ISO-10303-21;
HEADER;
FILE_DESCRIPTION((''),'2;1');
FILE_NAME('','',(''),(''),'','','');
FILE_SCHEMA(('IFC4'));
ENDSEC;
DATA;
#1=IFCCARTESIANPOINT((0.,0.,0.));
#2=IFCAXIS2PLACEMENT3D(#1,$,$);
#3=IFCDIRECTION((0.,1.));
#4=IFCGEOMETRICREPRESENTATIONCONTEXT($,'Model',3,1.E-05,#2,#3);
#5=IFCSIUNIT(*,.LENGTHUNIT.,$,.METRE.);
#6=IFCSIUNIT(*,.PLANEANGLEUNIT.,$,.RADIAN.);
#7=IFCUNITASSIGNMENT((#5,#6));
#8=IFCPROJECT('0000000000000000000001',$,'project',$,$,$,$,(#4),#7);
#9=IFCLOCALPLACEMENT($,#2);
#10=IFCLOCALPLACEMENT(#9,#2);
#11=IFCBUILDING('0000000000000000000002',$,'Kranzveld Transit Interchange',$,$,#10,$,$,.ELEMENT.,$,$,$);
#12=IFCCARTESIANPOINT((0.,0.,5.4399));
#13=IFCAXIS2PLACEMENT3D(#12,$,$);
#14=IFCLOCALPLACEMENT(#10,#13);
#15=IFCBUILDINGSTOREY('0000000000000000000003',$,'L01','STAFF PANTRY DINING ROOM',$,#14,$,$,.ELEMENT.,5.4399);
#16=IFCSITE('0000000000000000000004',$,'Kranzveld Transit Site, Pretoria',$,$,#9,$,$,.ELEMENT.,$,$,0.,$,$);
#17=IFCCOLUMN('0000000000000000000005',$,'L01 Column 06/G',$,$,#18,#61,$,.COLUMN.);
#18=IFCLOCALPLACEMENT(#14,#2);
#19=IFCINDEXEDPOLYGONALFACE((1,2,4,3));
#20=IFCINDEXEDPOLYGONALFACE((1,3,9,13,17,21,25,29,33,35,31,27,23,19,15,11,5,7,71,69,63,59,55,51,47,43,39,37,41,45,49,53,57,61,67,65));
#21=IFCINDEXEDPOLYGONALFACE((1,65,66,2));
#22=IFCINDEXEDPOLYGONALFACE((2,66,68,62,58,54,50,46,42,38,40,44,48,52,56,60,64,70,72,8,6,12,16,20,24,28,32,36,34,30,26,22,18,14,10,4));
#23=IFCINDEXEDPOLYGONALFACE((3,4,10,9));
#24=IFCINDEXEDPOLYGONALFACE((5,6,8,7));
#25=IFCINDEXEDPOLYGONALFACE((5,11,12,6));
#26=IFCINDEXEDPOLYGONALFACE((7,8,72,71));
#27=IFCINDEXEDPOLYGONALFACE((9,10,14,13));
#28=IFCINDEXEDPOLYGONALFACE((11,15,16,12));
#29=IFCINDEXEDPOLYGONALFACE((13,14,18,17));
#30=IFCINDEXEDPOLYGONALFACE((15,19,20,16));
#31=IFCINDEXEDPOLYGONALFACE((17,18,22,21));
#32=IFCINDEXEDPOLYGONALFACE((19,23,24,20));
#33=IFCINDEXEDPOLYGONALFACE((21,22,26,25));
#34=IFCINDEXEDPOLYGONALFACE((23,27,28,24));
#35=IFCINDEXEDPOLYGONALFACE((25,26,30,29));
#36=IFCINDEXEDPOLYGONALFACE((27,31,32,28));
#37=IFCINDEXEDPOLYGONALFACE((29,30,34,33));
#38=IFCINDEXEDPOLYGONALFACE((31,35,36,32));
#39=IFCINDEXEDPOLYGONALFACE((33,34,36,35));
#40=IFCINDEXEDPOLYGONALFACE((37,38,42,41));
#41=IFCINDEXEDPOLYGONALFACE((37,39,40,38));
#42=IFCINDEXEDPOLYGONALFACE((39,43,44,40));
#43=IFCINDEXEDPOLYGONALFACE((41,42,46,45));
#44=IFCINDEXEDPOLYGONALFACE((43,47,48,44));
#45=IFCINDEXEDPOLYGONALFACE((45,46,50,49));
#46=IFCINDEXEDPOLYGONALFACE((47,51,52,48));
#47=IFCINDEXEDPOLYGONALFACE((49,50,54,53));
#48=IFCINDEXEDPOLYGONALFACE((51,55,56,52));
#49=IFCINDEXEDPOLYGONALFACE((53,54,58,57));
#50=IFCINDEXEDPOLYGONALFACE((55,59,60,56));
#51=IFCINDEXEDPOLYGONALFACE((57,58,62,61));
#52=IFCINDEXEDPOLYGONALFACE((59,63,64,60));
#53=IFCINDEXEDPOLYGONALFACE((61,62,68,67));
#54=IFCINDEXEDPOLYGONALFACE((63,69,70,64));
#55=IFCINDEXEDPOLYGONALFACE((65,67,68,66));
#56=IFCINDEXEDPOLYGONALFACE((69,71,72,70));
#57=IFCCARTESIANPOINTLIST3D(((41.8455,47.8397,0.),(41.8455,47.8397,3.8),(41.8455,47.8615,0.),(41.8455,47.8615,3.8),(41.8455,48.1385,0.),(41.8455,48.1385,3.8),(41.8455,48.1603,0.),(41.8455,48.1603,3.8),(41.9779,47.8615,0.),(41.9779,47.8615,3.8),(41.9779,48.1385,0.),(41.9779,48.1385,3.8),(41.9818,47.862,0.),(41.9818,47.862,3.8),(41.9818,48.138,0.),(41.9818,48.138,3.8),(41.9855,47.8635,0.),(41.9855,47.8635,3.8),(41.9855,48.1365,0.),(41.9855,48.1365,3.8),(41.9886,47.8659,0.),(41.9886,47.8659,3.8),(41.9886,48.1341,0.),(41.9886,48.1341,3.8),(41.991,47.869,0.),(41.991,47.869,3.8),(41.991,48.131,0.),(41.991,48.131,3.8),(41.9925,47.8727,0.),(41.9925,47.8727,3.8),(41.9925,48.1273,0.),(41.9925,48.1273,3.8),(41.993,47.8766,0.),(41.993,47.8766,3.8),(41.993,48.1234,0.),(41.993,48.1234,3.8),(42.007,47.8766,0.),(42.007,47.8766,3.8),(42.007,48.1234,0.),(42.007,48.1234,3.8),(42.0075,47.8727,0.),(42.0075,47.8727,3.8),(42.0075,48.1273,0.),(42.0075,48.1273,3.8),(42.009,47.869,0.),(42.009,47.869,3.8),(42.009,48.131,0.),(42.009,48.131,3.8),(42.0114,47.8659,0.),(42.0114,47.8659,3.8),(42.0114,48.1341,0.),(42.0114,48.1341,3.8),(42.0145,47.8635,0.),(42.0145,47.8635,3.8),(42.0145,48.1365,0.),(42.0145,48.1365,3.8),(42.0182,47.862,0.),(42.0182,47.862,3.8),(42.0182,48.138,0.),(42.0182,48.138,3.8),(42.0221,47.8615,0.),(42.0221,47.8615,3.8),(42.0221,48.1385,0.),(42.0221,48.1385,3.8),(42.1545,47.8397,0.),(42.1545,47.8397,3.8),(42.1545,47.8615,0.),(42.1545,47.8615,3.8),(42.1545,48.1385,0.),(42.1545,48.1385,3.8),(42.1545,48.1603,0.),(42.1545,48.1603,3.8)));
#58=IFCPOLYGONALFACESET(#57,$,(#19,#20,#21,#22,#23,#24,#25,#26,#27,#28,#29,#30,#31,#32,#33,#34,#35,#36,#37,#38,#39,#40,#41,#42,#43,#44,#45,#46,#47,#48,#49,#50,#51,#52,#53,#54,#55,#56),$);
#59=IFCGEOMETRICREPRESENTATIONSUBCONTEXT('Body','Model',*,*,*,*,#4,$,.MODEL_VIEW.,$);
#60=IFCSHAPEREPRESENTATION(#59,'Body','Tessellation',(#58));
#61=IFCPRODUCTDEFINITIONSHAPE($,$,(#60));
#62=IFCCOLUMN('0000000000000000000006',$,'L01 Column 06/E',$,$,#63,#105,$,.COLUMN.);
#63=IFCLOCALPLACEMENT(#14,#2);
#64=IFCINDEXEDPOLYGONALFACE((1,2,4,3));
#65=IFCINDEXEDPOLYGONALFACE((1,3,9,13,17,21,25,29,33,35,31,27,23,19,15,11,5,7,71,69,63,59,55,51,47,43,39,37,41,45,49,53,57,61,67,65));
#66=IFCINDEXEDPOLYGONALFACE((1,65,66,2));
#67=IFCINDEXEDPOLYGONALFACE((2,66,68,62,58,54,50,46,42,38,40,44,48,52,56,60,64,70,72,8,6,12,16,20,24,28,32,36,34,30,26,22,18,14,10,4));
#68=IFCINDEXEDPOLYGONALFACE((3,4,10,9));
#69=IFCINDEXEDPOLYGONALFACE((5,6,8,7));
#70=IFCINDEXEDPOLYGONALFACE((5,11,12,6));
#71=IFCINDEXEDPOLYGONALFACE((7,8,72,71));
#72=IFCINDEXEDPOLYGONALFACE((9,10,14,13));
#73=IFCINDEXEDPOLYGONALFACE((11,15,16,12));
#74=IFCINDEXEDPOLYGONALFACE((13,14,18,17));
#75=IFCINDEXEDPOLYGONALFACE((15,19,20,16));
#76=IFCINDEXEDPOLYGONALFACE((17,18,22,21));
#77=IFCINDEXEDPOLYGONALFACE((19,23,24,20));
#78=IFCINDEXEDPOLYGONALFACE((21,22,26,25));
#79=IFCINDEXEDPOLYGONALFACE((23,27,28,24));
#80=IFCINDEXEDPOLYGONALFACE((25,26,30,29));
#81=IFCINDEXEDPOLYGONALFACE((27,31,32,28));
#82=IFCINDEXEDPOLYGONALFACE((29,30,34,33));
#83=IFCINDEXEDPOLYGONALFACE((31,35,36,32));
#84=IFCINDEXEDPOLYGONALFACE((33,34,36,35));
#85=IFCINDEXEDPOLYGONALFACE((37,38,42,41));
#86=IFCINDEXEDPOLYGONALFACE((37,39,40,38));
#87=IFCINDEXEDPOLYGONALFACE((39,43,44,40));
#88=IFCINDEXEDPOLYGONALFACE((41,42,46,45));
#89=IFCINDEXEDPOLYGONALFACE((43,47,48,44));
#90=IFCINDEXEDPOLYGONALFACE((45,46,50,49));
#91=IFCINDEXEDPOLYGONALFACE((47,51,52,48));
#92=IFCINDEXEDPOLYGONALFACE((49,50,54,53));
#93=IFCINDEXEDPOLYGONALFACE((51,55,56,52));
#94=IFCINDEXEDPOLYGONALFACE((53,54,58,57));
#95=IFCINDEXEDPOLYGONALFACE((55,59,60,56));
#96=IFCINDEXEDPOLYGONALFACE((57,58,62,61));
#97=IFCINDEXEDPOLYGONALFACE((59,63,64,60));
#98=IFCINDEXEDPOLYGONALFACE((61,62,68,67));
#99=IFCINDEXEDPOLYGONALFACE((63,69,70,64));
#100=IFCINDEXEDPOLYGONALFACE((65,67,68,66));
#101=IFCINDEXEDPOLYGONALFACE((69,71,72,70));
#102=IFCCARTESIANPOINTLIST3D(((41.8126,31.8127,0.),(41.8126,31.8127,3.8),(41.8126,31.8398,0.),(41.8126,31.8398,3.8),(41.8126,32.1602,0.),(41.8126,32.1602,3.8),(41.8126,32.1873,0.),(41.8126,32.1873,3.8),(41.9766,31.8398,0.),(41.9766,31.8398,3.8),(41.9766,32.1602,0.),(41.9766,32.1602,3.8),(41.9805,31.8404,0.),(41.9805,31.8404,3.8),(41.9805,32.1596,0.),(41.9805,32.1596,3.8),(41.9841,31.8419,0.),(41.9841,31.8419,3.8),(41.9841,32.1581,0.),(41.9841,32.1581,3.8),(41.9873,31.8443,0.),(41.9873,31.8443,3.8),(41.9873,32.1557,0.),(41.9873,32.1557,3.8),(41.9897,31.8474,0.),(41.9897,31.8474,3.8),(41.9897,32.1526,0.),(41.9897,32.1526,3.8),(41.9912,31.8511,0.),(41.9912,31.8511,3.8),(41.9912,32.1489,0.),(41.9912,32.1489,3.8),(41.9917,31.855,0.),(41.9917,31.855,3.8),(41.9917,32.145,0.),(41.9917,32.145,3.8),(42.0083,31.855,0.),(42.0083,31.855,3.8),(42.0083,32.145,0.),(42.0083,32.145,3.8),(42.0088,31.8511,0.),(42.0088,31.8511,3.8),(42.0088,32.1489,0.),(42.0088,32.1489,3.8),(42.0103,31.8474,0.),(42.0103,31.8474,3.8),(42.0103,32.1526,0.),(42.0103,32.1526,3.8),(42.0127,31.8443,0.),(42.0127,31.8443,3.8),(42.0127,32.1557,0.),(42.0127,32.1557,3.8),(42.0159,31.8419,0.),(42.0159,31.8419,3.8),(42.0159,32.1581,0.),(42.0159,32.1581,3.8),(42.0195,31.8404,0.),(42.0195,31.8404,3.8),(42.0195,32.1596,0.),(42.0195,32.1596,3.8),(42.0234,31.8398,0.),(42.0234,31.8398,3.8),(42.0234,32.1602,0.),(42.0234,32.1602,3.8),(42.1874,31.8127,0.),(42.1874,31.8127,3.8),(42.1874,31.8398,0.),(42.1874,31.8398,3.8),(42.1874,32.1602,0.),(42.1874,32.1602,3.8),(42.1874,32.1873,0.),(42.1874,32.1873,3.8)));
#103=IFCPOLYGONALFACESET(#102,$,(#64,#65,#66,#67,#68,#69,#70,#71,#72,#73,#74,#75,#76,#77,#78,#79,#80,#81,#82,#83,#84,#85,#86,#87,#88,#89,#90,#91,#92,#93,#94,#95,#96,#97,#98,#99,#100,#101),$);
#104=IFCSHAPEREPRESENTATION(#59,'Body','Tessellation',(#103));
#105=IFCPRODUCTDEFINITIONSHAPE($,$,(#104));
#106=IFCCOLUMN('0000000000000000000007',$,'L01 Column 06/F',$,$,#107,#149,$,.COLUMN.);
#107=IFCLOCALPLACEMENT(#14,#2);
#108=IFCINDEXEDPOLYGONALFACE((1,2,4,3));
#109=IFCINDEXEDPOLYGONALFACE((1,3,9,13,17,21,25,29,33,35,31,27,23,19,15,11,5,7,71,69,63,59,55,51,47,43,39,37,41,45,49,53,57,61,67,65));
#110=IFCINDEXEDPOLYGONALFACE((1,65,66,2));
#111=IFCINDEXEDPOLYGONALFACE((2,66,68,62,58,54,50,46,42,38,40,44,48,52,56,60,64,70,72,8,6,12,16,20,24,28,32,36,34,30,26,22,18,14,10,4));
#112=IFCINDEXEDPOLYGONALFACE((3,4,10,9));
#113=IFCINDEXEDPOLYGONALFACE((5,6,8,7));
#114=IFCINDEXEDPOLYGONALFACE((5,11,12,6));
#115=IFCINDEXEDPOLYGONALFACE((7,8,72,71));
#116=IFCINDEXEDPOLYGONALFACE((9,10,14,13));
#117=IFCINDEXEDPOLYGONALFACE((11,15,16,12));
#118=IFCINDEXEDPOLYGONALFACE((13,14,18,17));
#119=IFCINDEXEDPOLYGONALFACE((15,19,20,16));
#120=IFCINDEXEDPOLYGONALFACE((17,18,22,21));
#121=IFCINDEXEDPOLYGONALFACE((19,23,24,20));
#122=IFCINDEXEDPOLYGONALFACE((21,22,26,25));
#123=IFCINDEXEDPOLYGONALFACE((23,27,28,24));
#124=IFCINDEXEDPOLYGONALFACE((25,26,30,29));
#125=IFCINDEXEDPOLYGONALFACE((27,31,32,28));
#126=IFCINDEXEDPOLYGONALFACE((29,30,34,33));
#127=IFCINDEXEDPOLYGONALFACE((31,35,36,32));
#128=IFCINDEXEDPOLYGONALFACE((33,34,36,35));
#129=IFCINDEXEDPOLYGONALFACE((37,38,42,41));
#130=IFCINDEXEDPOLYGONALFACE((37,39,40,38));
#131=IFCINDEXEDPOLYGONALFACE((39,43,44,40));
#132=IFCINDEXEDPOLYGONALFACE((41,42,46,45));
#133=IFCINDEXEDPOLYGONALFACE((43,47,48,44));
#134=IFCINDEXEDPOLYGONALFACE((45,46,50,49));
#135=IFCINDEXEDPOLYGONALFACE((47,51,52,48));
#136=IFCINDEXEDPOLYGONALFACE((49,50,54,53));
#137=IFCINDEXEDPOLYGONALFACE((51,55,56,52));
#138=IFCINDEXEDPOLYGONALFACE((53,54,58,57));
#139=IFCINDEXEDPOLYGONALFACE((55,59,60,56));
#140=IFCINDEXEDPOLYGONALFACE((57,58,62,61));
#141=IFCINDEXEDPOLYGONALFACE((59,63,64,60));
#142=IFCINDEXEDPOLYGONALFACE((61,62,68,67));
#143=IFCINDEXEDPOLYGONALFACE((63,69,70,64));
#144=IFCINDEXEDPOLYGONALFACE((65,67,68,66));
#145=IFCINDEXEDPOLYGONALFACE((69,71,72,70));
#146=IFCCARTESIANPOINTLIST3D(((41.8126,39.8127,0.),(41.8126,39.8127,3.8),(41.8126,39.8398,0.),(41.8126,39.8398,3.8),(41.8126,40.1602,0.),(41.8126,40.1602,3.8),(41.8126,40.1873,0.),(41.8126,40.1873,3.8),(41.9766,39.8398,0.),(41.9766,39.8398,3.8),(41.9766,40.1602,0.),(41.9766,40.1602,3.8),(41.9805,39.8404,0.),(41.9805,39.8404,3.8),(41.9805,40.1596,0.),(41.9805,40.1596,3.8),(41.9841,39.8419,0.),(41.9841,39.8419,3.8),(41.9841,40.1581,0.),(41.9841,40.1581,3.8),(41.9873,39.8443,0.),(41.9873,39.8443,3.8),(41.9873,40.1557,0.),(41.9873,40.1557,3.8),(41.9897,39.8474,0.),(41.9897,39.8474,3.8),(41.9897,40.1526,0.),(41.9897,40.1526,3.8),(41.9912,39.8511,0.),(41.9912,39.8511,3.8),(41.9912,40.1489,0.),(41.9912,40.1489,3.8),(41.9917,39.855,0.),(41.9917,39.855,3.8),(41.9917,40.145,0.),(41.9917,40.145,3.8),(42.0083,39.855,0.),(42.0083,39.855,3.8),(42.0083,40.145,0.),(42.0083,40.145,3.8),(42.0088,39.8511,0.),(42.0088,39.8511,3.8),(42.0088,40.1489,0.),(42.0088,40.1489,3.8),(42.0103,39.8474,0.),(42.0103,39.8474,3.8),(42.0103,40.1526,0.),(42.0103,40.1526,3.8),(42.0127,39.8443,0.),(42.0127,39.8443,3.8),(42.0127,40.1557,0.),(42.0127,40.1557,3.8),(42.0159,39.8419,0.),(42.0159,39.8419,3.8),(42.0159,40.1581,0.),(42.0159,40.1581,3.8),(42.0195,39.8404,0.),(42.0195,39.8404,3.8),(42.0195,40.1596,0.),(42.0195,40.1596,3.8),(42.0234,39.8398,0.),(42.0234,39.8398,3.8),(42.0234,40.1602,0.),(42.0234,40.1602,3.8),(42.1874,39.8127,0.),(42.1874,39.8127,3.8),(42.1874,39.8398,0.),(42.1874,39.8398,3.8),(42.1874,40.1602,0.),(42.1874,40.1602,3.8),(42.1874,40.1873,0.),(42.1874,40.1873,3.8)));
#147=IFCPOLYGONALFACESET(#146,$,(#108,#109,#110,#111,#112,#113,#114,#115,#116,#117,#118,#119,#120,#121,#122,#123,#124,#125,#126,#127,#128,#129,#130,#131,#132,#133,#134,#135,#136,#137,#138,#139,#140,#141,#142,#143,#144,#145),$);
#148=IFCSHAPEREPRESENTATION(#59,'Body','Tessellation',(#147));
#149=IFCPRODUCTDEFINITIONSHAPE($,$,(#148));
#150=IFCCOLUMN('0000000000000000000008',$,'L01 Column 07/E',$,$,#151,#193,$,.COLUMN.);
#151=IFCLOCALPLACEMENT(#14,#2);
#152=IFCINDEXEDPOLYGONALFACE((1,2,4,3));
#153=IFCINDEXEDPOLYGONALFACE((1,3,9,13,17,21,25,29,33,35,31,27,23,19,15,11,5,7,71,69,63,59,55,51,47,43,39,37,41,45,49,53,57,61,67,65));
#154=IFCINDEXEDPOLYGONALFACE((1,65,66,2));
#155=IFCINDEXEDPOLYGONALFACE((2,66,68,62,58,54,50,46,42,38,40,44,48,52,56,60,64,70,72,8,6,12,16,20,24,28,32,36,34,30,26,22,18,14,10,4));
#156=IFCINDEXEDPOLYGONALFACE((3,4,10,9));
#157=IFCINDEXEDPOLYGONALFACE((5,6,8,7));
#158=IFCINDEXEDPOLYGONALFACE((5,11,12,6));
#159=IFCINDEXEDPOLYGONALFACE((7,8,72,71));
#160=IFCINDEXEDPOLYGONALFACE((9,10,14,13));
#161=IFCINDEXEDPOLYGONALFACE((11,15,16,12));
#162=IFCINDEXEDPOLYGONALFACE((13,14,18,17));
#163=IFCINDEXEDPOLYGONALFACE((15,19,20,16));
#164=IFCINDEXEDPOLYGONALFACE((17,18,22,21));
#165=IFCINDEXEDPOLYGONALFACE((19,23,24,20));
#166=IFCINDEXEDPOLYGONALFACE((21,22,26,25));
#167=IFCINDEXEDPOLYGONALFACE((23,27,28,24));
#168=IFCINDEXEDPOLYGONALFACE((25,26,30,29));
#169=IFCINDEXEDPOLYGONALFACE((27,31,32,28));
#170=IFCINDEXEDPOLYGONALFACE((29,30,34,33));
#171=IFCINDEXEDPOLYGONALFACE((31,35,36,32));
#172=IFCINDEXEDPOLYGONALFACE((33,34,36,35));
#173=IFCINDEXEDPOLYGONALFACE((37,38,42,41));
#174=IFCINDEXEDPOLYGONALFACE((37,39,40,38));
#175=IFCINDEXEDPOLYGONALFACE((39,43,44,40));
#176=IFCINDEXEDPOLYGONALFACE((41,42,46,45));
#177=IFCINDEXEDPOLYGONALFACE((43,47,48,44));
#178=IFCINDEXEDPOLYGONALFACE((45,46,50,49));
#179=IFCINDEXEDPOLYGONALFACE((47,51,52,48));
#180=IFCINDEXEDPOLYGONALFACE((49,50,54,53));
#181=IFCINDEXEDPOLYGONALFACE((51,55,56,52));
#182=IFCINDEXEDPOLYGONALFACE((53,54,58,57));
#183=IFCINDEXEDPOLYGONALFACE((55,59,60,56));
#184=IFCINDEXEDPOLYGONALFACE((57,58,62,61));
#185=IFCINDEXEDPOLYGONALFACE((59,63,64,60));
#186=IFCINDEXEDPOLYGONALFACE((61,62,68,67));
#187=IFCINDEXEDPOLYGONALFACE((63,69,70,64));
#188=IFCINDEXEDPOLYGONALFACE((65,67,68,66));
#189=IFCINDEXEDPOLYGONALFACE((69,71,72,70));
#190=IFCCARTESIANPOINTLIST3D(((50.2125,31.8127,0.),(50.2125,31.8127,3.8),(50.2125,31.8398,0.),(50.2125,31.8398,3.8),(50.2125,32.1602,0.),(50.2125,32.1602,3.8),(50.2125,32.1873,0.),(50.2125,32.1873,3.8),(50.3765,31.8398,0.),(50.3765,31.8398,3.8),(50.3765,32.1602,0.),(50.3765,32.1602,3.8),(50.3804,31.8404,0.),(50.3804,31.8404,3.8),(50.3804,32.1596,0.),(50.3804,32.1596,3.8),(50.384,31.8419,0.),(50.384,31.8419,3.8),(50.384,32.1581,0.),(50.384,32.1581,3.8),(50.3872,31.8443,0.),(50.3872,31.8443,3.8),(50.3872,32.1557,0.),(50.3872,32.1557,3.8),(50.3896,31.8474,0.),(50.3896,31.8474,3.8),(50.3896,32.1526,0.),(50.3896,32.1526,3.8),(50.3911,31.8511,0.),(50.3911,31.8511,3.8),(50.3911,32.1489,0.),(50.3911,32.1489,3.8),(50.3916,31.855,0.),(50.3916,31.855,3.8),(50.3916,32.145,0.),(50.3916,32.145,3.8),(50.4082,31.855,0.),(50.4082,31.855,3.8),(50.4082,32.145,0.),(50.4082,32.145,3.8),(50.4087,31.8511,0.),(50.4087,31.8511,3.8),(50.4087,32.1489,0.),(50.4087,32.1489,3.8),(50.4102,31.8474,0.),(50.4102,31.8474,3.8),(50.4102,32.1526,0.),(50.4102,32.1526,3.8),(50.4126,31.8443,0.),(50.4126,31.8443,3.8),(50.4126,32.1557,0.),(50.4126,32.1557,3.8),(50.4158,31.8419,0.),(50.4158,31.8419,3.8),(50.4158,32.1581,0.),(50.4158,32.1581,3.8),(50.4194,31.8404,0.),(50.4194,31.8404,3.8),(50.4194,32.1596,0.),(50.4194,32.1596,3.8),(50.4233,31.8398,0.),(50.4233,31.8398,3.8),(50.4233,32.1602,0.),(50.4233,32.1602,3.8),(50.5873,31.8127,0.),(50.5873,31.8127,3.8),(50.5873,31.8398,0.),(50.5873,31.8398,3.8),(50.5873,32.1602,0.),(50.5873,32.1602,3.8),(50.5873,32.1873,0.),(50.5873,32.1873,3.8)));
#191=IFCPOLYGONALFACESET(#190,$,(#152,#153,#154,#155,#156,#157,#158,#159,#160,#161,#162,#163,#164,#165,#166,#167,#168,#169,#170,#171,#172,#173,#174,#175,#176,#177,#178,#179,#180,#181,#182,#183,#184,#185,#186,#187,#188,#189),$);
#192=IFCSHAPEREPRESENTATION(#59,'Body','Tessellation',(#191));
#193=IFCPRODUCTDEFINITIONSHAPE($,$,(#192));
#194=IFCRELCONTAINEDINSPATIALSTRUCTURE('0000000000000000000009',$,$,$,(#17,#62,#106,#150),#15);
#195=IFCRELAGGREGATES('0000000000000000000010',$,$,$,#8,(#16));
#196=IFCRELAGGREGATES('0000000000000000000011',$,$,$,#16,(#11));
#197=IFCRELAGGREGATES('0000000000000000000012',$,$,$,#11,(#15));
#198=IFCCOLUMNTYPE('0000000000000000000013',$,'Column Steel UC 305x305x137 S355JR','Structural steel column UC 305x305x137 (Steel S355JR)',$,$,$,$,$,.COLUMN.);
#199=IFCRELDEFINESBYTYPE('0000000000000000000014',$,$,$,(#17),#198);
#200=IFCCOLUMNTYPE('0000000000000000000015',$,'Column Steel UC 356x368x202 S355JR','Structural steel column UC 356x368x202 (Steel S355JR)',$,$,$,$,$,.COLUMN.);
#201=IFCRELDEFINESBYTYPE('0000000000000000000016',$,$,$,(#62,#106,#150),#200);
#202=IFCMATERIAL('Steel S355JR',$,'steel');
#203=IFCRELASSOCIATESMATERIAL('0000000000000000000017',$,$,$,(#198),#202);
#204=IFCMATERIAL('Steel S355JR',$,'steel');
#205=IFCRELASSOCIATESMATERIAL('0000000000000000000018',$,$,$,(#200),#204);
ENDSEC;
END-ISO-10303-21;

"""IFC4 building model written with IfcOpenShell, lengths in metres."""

from ifc_helpers import new_model, si_unit, direction, frame, origin, origin_2d, place, context, subcontext, project, spatial, i_section, extrude, material, material_profile, profile_set, type_object, element, save


model = new_model("IFC4")

# Units and contexts
model_context = context("Model", 3, precision=1e-05, world=origin(), true_north=direction((0.0, 1.0)))
body_context = subcontext(model_context, "Body", "Model", "MODEL_VIEW")
ifc_project = project(units=[si_unit("LENGTHUNIT", "METRE"), si_unit("PLANEANGLEUNIT", "RADIAN")], contexts=[model_context])

# Site, building, storey
site_placement = place(None, origin())
site = spatial("IfcSite", under=ifc_project, at=site_placement, Name="Kranzveld Transit Site, Pretoria", CompositionType="ELEMENT", RefElevation=0.0)
building_placement = place(site_placement, origin())
building = spatial("IfcBuilding", under=site, at=building_placement, Name="Kranzveld Transit Interchange", CompositionType="ELEMENT")
storey_placement = place(building_placement, frame((0.0, 0.0, 5.4399)))
storey = spatial("IfcBuildingStorey", under=building, at=storey_placement, Name="L01", Description="STAFF PANTRY DINING ROOM", CompositionType="ELEMENT", Elevation=5.4399)

# Columns
ifc_material_1 = material(Name="Steel S355JR", Category="steel")
ifc_material_profile_1 = material_profile(ifc_material_1, i_section(OverallWidth=0.3091, OverallDepth=0.3206, WebThickness=0.0139, FlangeThickness=0.0217, FilletRadius=0.0151, at=origin_2d()), Name="UC 305x305x137")
ifc_profile_set_1 = profile_set([ifc_material_profile_1], Name="Steel S355JR")
column_type_1 = type_object("IfcColumnType", Name="Column Steel UC 305x305x137 S355JR", Description="Structural steel column UC 305x305x137 (Steel S355JR)", PredefinedType="COLUMN", material=ifc_profile_set_1)
column_placement = place(storey_placement, frame((42.0, 48.0, 0.0), z_axis=(0.0, 0.0, 1.0), x_axis=(1.0, 0.0, 0.0)))
element("IfcColumn", 1, at=column_placement, inside=storey, type_object=column_type_1, Name="L01 Column 06/G", PredefinedType="COLUMN", context=body_context, shape_type="SweptSolid", body=[
    extrude(i_section(OverallWidth=0.3091, OverallDepth=0.3206, WebThickness=0.0139, FlangeThickness=0.0217, FilletRadius=0.0151, at=origin_2d()), origin(), (0.0, 0.0, 1.0), 3.8),
])
ifc_material_2 = material(Name="Steel S355JR", Category="steel")
ifc_material_profile_2 = material_profile(ifc_material_2, i_section(OverallWidth=0.3748, OverallDepth=0.3745, WebThickness=0.0166, FlangeThickness=0.0271, FilletRadius=0.0151, at=origin_2d()), Name="UC 356x368x202")
ifc_profile_set_2 = profile_set([ifc_material_profile_2], Name="Steel S355JR")
column_type_2 = type_object("IfcColumnType", Name="Column Steel UC 356x368x202 S355JR", Description="Structural steel column UC 356x368x202 (Steel S355JR)", PredefinedType="COLUMN", material=ifc_profile_set_2)
for number, where, z_axis, x_axis, name in (
    (2, (42.0, 32.0, 0.0), (0.0, 0.0, 1.0), (1.0, 0.0, 0.0), "L01 Column 06/E"),
    (3, (42.0, 40.0, 0.0), (0.0, 0.0, 1.0), (1.0, 0.0, 0.0), "L01 Column 06/F"),
    (4, (50.3999, 32.0, 0.0), (0.0, 0.0, 1.0), (1.0, 0.0, 0.0), "L01 Column 07/E"),
):
    element("IfcColumn", number, at=place(storey_placement, frame(where, z_axis=z_axis, x_axis=x_axis)), inside=storey, type_object=column_type_2, Name=name, PredefinedType="COLUMN", context=body_context, shape_type="SweptSolid", body=[
        extrude(i_section(OverallWidth=0.3748, OverallDepth=0.3745, WebThickness=0.0166, FlangeThickness=0.0271, FilletRadius=0.0151, at=origin_2d()), origin(), (0.0, 0.0, 1.0), 3.8),
    ])

save(model, "model.ifc")
